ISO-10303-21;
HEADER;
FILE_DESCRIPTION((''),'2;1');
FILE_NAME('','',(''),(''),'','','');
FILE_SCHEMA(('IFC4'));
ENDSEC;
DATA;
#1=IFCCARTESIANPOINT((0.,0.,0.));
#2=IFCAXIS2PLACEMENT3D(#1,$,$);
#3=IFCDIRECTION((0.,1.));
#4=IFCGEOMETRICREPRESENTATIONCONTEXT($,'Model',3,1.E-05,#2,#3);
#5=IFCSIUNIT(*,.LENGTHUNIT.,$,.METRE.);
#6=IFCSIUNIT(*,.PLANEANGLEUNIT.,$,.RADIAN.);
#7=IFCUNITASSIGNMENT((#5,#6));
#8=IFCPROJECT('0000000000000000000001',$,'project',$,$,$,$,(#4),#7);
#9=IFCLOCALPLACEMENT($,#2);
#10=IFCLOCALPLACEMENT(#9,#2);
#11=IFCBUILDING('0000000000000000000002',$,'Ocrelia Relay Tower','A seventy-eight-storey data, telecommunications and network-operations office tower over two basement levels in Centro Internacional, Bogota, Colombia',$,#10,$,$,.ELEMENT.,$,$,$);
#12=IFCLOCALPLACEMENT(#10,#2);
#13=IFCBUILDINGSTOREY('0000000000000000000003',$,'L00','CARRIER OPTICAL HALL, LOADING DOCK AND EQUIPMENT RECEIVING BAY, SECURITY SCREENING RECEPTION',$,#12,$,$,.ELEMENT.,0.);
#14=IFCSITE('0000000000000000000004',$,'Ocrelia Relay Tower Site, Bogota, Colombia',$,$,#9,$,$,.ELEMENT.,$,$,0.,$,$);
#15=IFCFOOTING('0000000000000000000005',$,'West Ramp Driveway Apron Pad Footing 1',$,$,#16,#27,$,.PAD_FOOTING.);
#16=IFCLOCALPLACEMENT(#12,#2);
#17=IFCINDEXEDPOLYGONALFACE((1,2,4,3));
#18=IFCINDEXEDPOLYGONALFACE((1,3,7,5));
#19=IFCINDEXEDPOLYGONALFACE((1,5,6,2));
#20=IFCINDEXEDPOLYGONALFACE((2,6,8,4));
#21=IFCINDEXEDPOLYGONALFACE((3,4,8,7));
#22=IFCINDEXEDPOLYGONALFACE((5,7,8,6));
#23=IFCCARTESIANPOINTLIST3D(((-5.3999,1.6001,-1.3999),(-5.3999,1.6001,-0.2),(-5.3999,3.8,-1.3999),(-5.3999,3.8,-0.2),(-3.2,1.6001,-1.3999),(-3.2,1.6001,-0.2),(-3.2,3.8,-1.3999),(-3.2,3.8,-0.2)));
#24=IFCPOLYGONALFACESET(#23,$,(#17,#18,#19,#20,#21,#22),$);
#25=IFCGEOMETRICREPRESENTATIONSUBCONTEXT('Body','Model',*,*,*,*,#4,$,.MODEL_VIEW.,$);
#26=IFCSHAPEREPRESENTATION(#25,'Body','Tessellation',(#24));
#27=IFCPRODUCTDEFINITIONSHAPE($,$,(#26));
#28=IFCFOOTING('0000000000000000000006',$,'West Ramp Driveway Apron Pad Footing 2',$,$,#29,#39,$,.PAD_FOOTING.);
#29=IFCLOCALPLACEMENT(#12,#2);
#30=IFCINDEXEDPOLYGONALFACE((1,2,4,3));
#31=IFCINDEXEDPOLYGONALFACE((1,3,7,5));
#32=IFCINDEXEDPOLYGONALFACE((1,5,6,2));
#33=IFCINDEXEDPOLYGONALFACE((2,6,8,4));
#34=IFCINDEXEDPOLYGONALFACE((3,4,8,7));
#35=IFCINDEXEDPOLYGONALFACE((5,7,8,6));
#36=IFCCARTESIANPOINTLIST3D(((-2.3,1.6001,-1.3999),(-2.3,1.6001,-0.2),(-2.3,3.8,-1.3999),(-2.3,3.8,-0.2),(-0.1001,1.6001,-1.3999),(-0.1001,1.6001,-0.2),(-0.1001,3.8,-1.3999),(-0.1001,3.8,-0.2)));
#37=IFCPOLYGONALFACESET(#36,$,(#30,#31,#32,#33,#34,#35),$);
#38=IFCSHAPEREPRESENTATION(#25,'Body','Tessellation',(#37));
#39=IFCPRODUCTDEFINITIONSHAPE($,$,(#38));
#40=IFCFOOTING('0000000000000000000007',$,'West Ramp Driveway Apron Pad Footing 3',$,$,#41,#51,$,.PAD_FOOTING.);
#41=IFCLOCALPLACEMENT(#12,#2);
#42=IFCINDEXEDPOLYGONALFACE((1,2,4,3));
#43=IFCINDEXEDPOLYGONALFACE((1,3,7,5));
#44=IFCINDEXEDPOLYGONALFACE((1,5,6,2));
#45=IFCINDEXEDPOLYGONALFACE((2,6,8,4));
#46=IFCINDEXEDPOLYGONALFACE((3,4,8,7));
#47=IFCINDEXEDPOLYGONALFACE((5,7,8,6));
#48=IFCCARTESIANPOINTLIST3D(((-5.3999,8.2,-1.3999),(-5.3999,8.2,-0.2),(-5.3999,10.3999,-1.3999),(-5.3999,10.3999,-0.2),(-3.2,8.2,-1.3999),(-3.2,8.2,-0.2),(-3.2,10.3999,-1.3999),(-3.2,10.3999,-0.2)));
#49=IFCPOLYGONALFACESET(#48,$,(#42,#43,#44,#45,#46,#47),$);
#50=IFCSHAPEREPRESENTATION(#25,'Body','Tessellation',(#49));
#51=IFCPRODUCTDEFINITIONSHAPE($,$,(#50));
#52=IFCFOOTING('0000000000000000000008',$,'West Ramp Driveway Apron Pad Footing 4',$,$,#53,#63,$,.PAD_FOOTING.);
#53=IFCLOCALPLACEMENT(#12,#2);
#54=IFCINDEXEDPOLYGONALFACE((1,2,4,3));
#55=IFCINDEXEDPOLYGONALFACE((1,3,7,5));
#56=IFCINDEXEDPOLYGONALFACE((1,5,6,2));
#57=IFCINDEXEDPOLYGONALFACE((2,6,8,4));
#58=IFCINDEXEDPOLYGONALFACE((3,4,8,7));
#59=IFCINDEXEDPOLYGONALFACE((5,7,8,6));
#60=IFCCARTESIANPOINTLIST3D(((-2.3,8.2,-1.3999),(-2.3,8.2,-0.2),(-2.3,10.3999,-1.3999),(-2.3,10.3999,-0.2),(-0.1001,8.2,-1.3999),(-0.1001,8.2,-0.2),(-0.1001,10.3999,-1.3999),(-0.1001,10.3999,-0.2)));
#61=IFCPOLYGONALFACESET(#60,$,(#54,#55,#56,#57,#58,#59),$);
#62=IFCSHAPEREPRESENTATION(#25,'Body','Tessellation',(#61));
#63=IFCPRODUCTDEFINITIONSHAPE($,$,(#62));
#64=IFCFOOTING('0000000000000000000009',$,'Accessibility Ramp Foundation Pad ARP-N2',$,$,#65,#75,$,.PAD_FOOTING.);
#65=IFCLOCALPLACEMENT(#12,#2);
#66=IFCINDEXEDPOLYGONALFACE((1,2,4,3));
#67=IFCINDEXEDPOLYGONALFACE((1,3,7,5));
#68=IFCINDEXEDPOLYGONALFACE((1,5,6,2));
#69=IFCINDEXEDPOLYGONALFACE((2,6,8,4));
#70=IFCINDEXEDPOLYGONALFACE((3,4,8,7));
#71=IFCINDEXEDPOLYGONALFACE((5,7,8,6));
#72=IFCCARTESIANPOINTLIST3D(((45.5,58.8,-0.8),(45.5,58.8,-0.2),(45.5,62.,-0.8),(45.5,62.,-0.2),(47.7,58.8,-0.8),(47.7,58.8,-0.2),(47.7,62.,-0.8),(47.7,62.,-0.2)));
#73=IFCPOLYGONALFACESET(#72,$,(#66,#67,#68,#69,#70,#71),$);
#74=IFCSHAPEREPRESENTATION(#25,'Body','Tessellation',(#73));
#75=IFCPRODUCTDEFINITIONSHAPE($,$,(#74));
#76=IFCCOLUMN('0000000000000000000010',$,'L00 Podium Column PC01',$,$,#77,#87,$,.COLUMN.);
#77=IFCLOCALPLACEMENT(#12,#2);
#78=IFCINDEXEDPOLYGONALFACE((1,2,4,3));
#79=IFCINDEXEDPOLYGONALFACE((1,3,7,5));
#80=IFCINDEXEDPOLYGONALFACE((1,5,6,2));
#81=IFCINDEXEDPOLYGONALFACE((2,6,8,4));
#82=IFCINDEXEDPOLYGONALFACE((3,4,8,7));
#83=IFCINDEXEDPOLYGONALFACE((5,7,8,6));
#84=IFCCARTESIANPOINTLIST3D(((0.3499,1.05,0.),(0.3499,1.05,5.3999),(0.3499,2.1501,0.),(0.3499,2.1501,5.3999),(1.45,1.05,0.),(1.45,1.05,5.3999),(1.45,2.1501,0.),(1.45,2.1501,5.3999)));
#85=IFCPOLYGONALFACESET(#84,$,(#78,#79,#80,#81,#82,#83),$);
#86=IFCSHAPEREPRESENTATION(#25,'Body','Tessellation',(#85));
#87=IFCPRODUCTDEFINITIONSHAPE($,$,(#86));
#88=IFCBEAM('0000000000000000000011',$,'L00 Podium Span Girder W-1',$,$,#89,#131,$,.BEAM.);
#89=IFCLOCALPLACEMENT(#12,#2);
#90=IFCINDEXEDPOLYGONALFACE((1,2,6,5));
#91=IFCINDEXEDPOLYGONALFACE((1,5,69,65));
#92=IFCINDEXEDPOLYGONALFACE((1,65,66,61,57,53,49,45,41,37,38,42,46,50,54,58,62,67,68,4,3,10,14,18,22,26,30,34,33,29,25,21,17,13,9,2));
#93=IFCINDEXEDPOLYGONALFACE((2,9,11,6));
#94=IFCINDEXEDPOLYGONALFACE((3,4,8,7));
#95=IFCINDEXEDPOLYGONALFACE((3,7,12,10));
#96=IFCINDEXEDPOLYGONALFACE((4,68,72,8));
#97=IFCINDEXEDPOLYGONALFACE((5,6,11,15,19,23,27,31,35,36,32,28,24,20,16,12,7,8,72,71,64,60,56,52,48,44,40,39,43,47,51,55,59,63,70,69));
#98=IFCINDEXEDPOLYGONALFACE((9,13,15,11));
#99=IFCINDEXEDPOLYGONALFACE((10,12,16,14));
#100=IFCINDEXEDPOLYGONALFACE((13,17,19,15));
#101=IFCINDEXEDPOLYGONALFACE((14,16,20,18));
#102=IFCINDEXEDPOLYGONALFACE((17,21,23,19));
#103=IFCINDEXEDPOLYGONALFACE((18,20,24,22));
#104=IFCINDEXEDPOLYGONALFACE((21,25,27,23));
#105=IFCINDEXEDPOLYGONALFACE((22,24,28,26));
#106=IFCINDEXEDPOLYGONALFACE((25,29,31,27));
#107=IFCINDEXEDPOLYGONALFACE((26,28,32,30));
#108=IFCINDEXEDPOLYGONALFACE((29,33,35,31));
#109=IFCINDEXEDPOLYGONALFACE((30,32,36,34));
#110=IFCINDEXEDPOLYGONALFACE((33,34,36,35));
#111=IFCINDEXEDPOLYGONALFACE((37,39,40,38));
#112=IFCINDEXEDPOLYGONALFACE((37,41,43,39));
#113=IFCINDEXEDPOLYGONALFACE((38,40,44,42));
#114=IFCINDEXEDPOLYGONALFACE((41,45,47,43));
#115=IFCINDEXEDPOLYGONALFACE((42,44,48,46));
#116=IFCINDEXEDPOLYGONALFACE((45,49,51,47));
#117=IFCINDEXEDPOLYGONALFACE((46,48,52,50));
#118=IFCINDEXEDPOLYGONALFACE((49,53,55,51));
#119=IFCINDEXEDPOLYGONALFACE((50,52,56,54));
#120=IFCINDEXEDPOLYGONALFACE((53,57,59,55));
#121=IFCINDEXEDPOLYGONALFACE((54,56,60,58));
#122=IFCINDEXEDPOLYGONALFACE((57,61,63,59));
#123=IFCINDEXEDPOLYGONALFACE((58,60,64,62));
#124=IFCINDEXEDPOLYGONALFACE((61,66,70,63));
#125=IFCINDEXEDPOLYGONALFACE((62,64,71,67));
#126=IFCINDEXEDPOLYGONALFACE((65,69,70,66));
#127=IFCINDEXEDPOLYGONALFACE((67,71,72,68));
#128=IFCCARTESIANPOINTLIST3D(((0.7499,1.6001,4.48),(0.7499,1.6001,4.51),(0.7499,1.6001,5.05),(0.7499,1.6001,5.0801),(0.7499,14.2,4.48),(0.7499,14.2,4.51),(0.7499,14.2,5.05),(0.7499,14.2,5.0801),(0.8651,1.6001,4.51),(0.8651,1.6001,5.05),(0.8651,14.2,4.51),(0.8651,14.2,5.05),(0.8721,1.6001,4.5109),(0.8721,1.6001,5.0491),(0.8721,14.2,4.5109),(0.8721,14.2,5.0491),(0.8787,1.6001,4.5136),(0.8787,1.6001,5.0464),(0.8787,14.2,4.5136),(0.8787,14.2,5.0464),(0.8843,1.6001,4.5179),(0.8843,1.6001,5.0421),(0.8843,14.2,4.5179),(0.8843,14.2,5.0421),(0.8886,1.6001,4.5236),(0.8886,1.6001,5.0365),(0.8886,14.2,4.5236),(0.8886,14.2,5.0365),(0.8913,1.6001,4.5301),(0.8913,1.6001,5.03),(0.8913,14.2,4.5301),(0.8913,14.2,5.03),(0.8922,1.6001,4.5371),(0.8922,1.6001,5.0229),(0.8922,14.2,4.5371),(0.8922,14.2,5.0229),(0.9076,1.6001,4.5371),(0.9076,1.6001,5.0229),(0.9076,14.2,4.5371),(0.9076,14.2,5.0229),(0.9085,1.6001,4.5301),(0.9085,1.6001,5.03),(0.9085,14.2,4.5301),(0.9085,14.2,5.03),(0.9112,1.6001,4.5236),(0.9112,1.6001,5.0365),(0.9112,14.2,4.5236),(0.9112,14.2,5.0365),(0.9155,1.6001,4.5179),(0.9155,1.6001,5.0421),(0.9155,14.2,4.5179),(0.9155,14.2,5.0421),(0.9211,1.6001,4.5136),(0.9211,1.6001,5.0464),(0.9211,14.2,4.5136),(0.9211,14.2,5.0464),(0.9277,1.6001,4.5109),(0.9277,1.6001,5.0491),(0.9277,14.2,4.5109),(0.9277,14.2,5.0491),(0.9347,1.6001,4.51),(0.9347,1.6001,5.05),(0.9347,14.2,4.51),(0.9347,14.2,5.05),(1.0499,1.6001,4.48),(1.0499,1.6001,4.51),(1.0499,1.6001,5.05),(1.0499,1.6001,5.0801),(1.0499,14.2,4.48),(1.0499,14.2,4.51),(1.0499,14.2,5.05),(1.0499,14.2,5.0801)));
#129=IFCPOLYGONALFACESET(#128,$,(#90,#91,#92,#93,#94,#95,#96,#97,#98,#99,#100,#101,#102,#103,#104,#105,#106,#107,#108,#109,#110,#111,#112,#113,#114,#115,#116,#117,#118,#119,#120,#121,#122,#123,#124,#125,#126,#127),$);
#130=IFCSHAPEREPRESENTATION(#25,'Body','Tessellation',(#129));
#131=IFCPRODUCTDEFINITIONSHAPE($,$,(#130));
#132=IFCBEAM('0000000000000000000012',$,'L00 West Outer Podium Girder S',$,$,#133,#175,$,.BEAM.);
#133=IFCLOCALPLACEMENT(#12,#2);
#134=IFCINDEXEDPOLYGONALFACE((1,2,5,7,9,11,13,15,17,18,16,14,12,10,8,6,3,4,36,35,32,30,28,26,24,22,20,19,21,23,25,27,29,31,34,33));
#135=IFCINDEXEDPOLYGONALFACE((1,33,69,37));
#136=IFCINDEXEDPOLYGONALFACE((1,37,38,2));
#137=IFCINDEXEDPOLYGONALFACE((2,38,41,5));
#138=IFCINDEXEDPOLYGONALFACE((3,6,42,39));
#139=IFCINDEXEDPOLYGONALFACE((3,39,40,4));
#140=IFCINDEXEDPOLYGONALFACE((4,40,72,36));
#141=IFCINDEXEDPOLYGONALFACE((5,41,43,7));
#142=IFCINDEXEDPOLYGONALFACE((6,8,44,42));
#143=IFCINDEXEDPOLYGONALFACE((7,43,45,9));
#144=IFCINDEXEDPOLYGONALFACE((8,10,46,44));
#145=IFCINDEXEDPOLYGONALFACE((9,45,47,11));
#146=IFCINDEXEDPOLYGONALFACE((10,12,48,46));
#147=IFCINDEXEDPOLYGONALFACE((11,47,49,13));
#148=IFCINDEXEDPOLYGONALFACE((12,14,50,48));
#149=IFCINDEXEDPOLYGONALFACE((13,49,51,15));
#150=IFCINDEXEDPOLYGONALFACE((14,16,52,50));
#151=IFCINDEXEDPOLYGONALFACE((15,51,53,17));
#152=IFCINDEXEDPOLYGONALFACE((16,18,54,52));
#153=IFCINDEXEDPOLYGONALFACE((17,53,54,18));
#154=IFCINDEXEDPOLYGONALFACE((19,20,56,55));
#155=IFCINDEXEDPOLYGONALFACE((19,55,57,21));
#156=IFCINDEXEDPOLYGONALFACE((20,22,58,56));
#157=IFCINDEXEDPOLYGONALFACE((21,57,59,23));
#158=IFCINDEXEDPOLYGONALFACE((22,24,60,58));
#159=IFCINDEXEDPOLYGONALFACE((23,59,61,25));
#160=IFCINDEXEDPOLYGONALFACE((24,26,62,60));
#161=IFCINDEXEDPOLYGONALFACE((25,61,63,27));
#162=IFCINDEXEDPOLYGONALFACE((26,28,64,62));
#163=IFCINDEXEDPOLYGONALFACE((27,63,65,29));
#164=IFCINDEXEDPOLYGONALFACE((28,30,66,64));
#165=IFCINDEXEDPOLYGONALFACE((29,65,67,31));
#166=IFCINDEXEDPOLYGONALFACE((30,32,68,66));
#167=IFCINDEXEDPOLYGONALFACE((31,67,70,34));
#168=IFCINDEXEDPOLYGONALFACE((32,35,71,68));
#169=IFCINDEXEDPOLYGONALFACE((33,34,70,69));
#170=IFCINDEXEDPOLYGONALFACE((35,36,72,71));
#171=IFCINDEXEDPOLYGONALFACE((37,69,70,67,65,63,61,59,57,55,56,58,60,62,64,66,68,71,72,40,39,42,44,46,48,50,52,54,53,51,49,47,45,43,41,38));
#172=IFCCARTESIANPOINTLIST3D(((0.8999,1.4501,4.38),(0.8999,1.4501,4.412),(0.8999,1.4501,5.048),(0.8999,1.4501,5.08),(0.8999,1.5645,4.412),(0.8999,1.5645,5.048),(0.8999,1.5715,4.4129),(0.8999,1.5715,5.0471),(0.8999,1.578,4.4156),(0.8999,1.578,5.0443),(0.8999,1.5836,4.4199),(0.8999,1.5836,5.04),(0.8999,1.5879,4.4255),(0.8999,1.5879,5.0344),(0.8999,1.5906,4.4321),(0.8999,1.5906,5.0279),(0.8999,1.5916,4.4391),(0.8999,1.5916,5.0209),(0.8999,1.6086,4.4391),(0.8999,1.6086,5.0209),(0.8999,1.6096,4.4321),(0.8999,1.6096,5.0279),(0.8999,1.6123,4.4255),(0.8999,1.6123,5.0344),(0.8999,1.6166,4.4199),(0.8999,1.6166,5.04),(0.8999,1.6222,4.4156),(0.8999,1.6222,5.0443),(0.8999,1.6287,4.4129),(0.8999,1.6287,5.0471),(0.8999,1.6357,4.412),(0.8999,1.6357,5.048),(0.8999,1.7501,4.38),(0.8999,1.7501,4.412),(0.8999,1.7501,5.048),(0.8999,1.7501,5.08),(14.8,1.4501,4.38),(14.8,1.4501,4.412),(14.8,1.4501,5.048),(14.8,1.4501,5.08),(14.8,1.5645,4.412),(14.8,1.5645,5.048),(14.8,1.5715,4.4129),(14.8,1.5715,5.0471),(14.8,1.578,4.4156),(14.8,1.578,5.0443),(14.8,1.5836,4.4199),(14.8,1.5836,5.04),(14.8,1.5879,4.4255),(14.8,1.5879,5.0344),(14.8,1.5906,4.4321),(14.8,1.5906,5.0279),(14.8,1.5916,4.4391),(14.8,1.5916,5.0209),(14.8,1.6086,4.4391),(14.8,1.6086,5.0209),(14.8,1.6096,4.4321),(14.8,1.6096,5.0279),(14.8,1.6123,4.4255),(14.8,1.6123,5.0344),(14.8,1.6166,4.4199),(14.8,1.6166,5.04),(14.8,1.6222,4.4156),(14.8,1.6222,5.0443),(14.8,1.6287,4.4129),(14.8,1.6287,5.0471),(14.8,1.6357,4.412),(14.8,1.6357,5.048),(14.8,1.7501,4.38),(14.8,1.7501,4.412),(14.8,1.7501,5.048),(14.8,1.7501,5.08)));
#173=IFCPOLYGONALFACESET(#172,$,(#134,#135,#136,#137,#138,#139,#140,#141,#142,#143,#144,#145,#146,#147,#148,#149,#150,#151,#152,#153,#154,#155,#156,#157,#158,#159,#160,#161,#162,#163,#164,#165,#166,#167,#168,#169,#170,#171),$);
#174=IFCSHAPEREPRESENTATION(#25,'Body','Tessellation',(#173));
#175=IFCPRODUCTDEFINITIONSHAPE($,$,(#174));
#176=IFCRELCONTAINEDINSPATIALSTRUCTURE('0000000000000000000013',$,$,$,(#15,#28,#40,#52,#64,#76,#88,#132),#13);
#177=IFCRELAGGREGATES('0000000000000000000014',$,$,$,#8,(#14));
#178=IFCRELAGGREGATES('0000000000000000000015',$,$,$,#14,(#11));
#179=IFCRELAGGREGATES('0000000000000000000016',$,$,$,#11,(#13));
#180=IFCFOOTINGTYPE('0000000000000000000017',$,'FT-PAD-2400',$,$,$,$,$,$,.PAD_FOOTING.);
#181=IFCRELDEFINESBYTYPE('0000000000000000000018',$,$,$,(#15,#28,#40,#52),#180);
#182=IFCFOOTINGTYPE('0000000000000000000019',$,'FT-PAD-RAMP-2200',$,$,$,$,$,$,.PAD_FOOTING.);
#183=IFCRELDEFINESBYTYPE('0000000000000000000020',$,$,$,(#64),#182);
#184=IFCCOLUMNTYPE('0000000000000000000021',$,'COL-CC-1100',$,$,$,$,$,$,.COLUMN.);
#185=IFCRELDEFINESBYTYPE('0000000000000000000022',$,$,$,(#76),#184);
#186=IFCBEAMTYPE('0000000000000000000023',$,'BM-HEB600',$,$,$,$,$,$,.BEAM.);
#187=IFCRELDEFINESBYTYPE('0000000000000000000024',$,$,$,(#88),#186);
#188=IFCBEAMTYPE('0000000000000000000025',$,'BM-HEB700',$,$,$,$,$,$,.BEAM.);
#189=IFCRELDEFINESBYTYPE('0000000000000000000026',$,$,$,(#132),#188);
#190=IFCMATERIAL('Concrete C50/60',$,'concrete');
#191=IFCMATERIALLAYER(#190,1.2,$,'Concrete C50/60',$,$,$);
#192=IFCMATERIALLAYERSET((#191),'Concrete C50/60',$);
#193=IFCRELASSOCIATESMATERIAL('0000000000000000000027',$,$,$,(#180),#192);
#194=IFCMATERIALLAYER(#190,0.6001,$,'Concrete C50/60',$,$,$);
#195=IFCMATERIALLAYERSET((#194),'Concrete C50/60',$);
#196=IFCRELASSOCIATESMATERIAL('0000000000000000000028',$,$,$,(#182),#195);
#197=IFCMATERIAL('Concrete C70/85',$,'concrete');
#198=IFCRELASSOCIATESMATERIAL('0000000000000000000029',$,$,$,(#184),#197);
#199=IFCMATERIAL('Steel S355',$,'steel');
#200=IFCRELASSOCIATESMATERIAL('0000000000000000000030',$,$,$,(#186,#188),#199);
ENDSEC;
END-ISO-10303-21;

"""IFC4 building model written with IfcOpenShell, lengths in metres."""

from ifc_helpers import new_model, si_unit, direction, frame, origin, origin_2d, place, context, subcontext, project, spatial, polyline, rectangle, i_section, outline, extrude, material, layer, layer_set, material_profile, profile_set, type_object, element, save


model = new_model("IFC4")

# Units and contexts
model_context = context("Model", 3, precision=1e-05, world=origin(), true_north=direction((0.0, 1.0)))
body_context = subcontext(model_context, "Body", "Model", "MODEL_VIEW")
ifc_project = project(units=[si_unit("LENGTHUNIT", "METRE"), si_unit("PLANEANGLEUNIT", "RADIAN")], contexts=[model_context])

# Site, building, storey
site_placement = place(None, origin())
site = spatial("IfcSite", under=ifc_project, at=site_placement, Name="Ocrelia Relay Tower Site, Bogota, Colombia", CompositionType="ELEMENT", RefElevation=0.0)
building_placement = place(site_placement, origin())
building = spatial("IfcBuilding", under=site, at=building_placement, Name="Ocrelia Relay Tower", Description="A seventy-eight-storey data, telecommunications and network-operations office tower over two basement levels in Centro Internacional, Bogota, Colombia", CompositionType="ELEMENT")
storey_placement = place(building_placement, origin())
storey = spatial("IfcBuildingStorey", under=building, at=storey_placement, Name="L00", Description="CARRIER OPTICAL HALL, LOADING DOCK AND EQUIPMENT RECEIVING BAY, SECURITY SCREENING RECEPTION", CompositionType="ELEMENT", Elevation=0.0)

# Footings
ifc_material_1 = material(Name="Concrete C50/60", Category="concrete")
ifc_layer_1 = layer(ifc_material_1, 1.2, Name="Concrete C50/60")
ifc_layer_set_1 = layer_set([ifc_layer_1], Name="Concrete C50/60")
footing_type_1 = type_object("IfcFootingType", Name="FT-PAD-2400", PredefinedType="PAD_FOOTING", material=ifc_layer_set_1)
footing_1_placement = place(storey_placement, frame((0.0, 0.0, -1.3999)))
element("IfcFooting", 1, at=footing_1_placement, inside=storey, type_object=footing_type_1, Name="West Ramp Driveway Apron Pad Footing 1", PredefinedType="PAD_FOOTING", context=body_context, shape_type="SweptSolid", body=[
    extrude(outline(polyline([(-5.3999, 1.6001), (-3.2, 1.6001), (-3.2, 3.8), (-5.3999, 3.8), (-5.3999, 1.6001)])), origin(), (0.0, 0.0, 1.0), 1.2),
])
footing_2_placement = place(storey_placement, frame((0.0, 0.0, -1.3999)))
element("IfcFooting", 2, at=footing_2_placement, inside=storey, type_object=footing_type_1, Name="West Ramp Driveway Apron Pad Footing 2", PredefinedType="PAD_FOOTING", context=body_context, shape_type="SweptSolid", body=[
    extrude(outline(polyline([(-2.3, 1.6001), (-0.1001, 1.6001), (-0.1001, 3.8), (-2.3, 3.8), (-2.3, 1.6001)])), origin(), (0.0, 0.0, 1.0), 1.2),
])
footing_3_placement = place(storey_placement, frame((0.0, 0.0, -1.3999)))
element("IfcFooting", 3, at=footing_3_placement, inside=storey, type_object=footing_type_1, Name="West Ramp Driveway Apron Pad Footing 3", PredefinedType="PAD_FOOTING", context=body_context, shape_type="SweptSolid", body=[
    extrude(outline(polyline([(-5.3999, 8.2), (-3.2, 8.2), (-3.2, 10.3999), (-5.3999, 10.3999), (-5.3999, 8.2)])), origin(), (0.0, 0.0, 1.0), 1.2),
])
footing_4_placement = place(storey_placement, frame((0.0, 0.0, -1.3999)))
element("IfcFooting", 4, at=footing_4_placement, inside=storey, type_object=footing_type_1, Name="West Ramp Driveway Apron Pad Footing 4", PredefinedType="PAD_FOOTING", context=body_context, shape_type="SweptSolid", body=[
    extrude(outline(polyline([(-2.3, 8.2), (-0.1001, 8.2), (-0.1001, 10.3999), (-2.3, 10.3999), (-2.3, 8.2)])), origin(), (0.0, 0.0, 1.0), 1.2),
])
ifc_layer_2 = layer(ifc_material_1, 0.6001, Name="Concrete C50/60")
ifc_layer_set_2 = layer_set([ifc_layer_2], Name="Concrete C50/60")
footing_type_2 = type_object("IfcFootingType", Name="FT-PAD-RAMP-2200", PredefinedType="PAD_FOOTING", material=ifc_layer_set_2)
footing_5_placement = place(storey_placement, frame((0.0, 0.0, -0.8)))
element("IfcFooting", 5, at=footing_5_placement, inside=storey, type_object=footing_type_2, Name="Accessibility Ramp Foundation Pad ARP-N2", PredefinedType="PAD_FOOTING", context=body_context, shape_type="SweptSolid", body=[
    extrude(outline(polyline([(45.5, 58.8), (47.7, 58.8), (47.7, 62.0), (45.5, 62.0), (45.5, 58.8)])), origin(), (0.0, 0.0, 1.0), 0.6001),
])

# Column
ifc_material_2 = material(Name="Concrete C70/85", Category="concrete")
ifc_material_profile_1 = material_profile(ifc_material_2, rectangle(XDim=1.1001, YDim=1.1001, at=origin_2d()), Name="RC-COL-1100x1100")
ifc_profile_set_1 = profile_set([ifc_material_profile_1], Name="Concrete C70/85")
column_type = type_object("IfcColumnType", Name="COL-CC-1100", PredefinedType="COLUMN", material=ifc_profile_set_1)
column_placement = place(storey_placement, frame((0.8999, 1.6001, 0.0), z_axis=(0.0, 0.0, 1.0), x_axis=(1.0, 0.0, 0.0)))
element("IfcColumn", 6, at=column_placement, inside=storey, type_object=column_type, Name="L00 Podium Column PC01", PredefinedType="COLUMN", context=body_context, shape_type="SweptSolid", body=[
    extrude(rectangle(XDim=1.1001, YDim=1.1001, at=origin_2d()), origin(), (0.0, 0.0, 1.0), 5.3999),
])

# Beams
ifc_material_3 = material(Name="Steel S355", Category="steel")
ifc_material_profile_2 = material_profile(ifc_material_3, i_section(OverallWidth=0.3, OverallDepth=0.6001, WebThickness=0.0154, FlangeThickness=0.03, FilletRadius=0.0271, at=origin_2d()), Name="HEB 600")
ifc_profile_set_2 = profile_set([ifc_material_profile_2], Name="Steel S355")
beam_type_1 = type_object("IfcBeamType", Name="BM-HEB600", PredefinedType="BEAM", material=ifc_profile_set_2)
beam_1_placement = place(storey_placement, frame((0.8999, 1.6001, 4.78), z_axis=(0.0, 1.0, 0.0), x_axis=(-1.0, 0.0, 0.0)))
element("IfcBeam", 7, at=beam_1_placement, inside=storey, type_object=beam_type_1, Name="L00 Podium Span Girder W-1", PredefinedType="BEAM", context=body_context, shape_type="SweptSolid", body=[
    extrude(i_section(OverallWidth=0.3, OverallDepth=0.6001, WebThickness=0.0154, FlangeThickness=0.03, FilletRadius=0.0271, at=origin_2d()), origin(), (0.0, 0.0, 1.0), 12.5999),
])
ifc_material_profile_3 = material_profile(ifc_material_3, i_section(OverallWidth=0.3, OverallDepth=0.7, WebThickness=0.0171, FlangeThickness=0.032, FilletRadius=0.0271, at=origin_2d()), Name="HEB 700")
ifc_profile_set_3 = profile_set([ifc_material_profile_3], Name="Steel S355")
beam_type_2 = type_object("IfcBeamType", Name="BM-HEB700", PredefinedType="BEAM", material=ifc_profile_set_3)
beam_2_placement = place(storey_placement, frame((0.8999, 1.6001, 4.73), z_axis=(1.0, 0.0, 0.0), x_axis=(0.0, 1.0, 0.0)))
element("IfcBeam", 8, at=beam_2_placement, inside=storey, type_object=beam_type_2, Name="L00 West Outer Podium Girder S", PredefinedType="BEAM", context=body_context, shape_type="SweptSolid", body=[
    extrude(i_section(OverallWidth=0.3, OverallDepth=0.7, WebThickness=0.0171, FlangeThickness=0.032, FilletRadius=0.0271, at=origin_2d()), origin(), (0.0, 0.0, 1.0), 13.9001),
])

save(model, "model.ifc")
